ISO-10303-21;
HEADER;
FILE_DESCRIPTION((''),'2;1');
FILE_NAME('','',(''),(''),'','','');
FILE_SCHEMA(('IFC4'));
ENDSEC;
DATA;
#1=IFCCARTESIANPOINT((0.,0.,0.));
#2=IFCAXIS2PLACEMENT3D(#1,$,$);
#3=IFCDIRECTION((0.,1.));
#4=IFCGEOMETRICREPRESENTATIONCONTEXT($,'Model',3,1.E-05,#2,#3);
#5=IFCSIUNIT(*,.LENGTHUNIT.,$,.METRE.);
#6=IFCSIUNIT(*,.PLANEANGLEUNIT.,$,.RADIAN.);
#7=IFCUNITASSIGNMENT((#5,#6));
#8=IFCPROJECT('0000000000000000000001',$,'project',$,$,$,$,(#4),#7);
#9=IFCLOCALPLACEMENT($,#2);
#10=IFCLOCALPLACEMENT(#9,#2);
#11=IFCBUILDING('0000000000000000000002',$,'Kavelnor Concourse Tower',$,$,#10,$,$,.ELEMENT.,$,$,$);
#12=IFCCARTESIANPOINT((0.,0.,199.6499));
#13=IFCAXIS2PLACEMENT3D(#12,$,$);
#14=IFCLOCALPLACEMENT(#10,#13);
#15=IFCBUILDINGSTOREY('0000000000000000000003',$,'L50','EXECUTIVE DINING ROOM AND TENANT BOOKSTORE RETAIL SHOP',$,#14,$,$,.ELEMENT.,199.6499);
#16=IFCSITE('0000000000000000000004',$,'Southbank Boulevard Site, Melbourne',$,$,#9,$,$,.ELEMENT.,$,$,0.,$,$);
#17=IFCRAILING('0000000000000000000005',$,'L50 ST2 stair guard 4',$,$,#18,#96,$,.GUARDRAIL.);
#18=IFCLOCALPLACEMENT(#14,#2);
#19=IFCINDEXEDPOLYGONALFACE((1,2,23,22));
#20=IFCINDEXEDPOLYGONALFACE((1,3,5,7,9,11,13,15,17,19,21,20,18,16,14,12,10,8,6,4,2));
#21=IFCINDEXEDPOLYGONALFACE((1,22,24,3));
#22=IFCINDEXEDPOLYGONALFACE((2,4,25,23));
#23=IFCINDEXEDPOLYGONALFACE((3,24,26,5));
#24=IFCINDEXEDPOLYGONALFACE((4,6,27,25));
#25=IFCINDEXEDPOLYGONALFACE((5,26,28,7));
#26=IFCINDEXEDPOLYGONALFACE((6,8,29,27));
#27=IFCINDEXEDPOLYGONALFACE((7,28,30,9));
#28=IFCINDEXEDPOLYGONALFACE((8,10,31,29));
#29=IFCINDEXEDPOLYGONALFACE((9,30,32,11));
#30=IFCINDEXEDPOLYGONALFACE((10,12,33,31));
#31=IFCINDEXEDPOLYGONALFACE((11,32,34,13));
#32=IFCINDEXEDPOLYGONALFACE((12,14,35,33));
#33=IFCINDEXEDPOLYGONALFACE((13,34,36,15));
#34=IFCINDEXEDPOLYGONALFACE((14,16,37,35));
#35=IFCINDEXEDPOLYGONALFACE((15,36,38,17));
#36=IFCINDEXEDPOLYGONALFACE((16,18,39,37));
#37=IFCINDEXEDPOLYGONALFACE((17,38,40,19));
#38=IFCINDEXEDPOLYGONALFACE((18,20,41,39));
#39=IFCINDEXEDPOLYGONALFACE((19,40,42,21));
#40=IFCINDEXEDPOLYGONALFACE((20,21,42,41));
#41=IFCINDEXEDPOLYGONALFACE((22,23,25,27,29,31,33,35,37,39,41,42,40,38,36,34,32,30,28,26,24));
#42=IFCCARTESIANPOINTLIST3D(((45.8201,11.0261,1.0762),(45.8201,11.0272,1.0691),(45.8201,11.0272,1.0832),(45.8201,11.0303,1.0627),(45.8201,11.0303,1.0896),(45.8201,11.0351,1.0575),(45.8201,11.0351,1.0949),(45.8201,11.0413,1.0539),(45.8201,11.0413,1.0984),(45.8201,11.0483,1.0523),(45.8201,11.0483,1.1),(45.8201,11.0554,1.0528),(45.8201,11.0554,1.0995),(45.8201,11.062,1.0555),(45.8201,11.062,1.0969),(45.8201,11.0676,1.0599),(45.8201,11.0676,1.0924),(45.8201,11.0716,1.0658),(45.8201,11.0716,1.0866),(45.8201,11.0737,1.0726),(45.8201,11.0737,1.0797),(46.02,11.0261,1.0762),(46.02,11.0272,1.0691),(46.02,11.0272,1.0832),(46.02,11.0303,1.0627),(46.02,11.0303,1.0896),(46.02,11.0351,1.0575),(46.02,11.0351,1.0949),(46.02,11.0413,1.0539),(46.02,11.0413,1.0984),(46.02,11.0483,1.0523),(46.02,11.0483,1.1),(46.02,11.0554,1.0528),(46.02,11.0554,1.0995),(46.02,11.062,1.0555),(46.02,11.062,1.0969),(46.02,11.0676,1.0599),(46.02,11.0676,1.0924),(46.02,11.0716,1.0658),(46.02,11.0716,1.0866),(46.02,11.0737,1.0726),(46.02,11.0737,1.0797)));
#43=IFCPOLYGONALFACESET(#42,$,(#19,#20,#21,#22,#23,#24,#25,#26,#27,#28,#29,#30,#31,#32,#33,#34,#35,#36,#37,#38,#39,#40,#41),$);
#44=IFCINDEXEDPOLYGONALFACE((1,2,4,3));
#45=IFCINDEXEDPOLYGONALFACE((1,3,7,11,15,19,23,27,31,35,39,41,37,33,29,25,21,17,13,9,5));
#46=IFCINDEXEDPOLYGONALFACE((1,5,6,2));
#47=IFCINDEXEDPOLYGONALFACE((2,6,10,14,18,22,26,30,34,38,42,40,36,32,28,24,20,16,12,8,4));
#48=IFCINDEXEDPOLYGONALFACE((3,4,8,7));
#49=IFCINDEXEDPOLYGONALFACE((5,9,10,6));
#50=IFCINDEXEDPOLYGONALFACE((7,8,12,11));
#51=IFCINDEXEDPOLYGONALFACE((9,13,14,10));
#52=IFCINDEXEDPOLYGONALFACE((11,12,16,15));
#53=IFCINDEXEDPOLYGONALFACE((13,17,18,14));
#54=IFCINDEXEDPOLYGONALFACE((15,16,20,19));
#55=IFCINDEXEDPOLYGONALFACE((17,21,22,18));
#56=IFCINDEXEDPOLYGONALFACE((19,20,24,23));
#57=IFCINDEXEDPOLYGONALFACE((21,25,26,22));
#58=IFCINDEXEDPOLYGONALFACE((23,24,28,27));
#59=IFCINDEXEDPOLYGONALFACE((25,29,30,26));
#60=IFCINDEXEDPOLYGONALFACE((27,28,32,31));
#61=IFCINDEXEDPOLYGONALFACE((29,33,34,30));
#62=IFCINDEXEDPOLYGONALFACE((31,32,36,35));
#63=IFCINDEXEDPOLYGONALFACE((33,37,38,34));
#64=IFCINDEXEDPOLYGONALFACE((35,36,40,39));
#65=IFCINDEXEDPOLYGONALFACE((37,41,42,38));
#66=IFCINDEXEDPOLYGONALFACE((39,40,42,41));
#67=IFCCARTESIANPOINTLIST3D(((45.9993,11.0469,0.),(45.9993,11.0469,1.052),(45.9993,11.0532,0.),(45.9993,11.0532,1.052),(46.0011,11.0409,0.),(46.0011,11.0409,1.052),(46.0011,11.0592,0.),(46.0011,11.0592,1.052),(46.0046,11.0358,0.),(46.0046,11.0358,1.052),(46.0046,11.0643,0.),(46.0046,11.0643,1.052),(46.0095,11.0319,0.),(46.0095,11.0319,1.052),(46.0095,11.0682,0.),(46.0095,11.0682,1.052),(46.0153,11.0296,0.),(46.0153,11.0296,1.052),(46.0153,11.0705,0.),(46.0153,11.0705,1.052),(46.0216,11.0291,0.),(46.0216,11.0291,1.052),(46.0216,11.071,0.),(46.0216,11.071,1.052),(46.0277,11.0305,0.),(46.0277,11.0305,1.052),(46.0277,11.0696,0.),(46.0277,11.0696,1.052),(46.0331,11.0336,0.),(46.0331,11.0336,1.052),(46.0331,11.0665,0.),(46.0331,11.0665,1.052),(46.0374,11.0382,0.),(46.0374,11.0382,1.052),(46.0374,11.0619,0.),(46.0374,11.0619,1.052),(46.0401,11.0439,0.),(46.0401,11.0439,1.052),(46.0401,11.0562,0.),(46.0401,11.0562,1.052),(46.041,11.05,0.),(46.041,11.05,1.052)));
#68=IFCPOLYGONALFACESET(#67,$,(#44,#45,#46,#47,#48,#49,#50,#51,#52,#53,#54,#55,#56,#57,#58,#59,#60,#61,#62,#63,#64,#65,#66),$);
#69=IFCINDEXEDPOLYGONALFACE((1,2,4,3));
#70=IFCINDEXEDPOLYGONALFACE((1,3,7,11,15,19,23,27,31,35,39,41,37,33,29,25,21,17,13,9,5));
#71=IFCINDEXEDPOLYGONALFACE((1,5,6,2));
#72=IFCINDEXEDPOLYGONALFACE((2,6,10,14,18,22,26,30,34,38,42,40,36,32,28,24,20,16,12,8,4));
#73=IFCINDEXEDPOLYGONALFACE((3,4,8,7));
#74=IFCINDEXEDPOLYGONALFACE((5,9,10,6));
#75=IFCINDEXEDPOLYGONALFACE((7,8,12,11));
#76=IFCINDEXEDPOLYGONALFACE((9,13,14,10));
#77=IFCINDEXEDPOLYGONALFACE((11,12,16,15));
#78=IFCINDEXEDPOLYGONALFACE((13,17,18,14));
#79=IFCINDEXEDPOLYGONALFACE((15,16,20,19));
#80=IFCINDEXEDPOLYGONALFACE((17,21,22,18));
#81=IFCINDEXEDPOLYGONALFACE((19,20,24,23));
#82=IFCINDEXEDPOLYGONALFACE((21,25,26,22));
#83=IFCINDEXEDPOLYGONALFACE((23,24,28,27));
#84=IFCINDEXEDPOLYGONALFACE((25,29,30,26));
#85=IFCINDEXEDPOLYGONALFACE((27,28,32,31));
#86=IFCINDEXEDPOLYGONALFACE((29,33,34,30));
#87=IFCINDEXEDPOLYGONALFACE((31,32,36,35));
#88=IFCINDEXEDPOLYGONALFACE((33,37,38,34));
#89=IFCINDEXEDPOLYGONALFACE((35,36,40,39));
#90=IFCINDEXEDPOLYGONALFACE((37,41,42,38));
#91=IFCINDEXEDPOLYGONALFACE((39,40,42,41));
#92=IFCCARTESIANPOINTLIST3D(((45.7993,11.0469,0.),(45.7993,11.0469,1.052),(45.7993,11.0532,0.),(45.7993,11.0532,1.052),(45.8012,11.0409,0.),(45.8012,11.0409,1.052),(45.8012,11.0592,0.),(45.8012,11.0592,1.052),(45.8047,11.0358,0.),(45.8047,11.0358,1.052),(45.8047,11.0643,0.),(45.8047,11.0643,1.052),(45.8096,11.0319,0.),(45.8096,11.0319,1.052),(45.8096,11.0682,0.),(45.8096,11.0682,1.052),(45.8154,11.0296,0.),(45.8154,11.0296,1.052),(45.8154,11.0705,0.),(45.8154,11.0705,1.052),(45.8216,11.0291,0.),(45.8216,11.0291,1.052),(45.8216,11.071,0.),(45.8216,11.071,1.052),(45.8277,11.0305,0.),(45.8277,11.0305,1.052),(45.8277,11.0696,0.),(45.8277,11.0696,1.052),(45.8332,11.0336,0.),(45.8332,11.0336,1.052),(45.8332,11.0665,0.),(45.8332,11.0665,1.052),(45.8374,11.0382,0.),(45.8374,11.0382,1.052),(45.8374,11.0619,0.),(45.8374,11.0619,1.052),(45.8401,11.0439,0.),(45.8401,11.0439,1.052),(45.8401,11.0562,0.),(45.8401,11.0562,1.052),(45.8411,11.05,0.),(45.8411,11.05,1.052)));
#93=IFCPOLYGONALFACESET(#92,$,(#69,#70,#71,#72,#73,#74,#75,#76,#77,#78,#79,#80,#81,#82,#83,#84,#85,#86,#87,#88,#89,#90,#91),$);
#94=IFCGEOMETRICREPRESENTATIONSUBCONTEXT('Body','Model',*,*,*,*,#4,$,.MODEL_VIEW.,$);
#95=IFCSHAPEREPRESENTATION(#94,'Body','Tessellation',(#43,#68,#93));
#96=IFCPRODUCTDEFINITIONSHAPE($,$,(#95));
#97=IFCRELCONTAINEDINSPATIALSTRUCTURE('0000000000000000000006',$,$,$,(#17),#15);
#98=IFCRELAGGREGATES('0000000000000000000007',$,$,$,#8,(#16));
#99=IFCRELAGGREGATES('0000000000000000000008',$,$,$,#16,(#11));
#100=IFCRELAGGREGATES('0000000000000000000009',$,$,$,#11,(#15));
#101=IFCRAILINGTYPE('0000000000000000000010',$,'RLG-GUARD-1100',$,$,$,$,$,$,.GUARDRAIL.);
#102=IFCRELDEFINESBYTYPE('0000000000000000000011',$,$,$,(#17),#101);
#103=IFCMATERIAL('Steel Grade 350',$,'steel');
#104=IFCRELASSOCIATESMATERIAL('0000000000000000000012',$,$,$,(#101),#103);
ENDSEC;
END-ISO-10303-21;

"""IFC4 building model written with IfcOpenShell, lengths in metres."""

from ifc_helpers import new_model, si_unit, direction, frame, origin, origin_2d, place, context, subcontext, project, spatial, circle, extrude, material, type_object, element, save


model = new_model("IFC4")

# Units and contexts
model_context = context("Model", 3, precision=1e-05, world=origin(), true_north=direction((0.0, 1.0)))
body_context = subcontext(model_context, "Body", "Model", "MODEL_VIEW")
ifc_project = project(units=[si_unit("LENGTHUNIT", "METRE"), si_unit("PLANEANGLEUNIT", "RADIAN")], contexts=[model_context])

# Site, building, storey
site_placement = place(None, origin())
site = spatial("IfcSite", under=ifc_project, at=site_placement, Name="Southbank Boulevard Site, Melbourne", CompositionType="ELEMENT", RefElevation=0.0)
building_placement = place(site_placement, origin())
building = spatial("IfcBuilding", under=site, at=building_placement, Name="Kavelnor Concourse Tower", CompositionType="ELEMENT")
storey_placement = place(building_placement, frame((0.0, 0.0, 199.6499)))
storey = spatial("IfcBuildingStorey", under=building, at=storey_placement, Name="L50", Description="EXECUTIVE DINING ROOM AND TENANT BOOKSTORE RETAIL SHOP", CompositionType="ELEMENT", Elevation=199.6499)

# Shared definitions
ifc_material_1 = material(Name="Steel Grade 350", Category="steel")

# Railing
railing_type_1 = type_object("IfcRailingType", Name="RLG-GUARD-1100", PredefinedType="GUARDRAIL", material=ifc_material_1)
railing_1_placement = place(storey_placement, frame((46.02, 11.05, 0.0)))
element("IfcRailing", 1, at=railing_1_placement, inside=storey, type_object=railing_type_1, Name="L50 ST2 stair guard 4", PredefinedType="GUARDRAIL", context=body_context, shape_type="SweptSolid", body=[
    extrude(circle(Radius=0.0239, at=origin_2d()), frame((0.0, 0.0, 1.0762), z_axis=(-1.0, 0.0, 0.0), x_axis=(0.0, -1.0, 0.0)), (0.0, 0.0, 1.0), 0.2),
    extrude(circle(Radius=0.021, at=origin_2d()), origin(), (0.0, 0.0, 1.0), 1.052),
    extrude(circle(Radius=0.021, at=origin_2d()), frame((-0.2, 0.0, 0.0)), (0.0, 0.0, 1.0), 1.052),
])

save(model, "model.ifc")
